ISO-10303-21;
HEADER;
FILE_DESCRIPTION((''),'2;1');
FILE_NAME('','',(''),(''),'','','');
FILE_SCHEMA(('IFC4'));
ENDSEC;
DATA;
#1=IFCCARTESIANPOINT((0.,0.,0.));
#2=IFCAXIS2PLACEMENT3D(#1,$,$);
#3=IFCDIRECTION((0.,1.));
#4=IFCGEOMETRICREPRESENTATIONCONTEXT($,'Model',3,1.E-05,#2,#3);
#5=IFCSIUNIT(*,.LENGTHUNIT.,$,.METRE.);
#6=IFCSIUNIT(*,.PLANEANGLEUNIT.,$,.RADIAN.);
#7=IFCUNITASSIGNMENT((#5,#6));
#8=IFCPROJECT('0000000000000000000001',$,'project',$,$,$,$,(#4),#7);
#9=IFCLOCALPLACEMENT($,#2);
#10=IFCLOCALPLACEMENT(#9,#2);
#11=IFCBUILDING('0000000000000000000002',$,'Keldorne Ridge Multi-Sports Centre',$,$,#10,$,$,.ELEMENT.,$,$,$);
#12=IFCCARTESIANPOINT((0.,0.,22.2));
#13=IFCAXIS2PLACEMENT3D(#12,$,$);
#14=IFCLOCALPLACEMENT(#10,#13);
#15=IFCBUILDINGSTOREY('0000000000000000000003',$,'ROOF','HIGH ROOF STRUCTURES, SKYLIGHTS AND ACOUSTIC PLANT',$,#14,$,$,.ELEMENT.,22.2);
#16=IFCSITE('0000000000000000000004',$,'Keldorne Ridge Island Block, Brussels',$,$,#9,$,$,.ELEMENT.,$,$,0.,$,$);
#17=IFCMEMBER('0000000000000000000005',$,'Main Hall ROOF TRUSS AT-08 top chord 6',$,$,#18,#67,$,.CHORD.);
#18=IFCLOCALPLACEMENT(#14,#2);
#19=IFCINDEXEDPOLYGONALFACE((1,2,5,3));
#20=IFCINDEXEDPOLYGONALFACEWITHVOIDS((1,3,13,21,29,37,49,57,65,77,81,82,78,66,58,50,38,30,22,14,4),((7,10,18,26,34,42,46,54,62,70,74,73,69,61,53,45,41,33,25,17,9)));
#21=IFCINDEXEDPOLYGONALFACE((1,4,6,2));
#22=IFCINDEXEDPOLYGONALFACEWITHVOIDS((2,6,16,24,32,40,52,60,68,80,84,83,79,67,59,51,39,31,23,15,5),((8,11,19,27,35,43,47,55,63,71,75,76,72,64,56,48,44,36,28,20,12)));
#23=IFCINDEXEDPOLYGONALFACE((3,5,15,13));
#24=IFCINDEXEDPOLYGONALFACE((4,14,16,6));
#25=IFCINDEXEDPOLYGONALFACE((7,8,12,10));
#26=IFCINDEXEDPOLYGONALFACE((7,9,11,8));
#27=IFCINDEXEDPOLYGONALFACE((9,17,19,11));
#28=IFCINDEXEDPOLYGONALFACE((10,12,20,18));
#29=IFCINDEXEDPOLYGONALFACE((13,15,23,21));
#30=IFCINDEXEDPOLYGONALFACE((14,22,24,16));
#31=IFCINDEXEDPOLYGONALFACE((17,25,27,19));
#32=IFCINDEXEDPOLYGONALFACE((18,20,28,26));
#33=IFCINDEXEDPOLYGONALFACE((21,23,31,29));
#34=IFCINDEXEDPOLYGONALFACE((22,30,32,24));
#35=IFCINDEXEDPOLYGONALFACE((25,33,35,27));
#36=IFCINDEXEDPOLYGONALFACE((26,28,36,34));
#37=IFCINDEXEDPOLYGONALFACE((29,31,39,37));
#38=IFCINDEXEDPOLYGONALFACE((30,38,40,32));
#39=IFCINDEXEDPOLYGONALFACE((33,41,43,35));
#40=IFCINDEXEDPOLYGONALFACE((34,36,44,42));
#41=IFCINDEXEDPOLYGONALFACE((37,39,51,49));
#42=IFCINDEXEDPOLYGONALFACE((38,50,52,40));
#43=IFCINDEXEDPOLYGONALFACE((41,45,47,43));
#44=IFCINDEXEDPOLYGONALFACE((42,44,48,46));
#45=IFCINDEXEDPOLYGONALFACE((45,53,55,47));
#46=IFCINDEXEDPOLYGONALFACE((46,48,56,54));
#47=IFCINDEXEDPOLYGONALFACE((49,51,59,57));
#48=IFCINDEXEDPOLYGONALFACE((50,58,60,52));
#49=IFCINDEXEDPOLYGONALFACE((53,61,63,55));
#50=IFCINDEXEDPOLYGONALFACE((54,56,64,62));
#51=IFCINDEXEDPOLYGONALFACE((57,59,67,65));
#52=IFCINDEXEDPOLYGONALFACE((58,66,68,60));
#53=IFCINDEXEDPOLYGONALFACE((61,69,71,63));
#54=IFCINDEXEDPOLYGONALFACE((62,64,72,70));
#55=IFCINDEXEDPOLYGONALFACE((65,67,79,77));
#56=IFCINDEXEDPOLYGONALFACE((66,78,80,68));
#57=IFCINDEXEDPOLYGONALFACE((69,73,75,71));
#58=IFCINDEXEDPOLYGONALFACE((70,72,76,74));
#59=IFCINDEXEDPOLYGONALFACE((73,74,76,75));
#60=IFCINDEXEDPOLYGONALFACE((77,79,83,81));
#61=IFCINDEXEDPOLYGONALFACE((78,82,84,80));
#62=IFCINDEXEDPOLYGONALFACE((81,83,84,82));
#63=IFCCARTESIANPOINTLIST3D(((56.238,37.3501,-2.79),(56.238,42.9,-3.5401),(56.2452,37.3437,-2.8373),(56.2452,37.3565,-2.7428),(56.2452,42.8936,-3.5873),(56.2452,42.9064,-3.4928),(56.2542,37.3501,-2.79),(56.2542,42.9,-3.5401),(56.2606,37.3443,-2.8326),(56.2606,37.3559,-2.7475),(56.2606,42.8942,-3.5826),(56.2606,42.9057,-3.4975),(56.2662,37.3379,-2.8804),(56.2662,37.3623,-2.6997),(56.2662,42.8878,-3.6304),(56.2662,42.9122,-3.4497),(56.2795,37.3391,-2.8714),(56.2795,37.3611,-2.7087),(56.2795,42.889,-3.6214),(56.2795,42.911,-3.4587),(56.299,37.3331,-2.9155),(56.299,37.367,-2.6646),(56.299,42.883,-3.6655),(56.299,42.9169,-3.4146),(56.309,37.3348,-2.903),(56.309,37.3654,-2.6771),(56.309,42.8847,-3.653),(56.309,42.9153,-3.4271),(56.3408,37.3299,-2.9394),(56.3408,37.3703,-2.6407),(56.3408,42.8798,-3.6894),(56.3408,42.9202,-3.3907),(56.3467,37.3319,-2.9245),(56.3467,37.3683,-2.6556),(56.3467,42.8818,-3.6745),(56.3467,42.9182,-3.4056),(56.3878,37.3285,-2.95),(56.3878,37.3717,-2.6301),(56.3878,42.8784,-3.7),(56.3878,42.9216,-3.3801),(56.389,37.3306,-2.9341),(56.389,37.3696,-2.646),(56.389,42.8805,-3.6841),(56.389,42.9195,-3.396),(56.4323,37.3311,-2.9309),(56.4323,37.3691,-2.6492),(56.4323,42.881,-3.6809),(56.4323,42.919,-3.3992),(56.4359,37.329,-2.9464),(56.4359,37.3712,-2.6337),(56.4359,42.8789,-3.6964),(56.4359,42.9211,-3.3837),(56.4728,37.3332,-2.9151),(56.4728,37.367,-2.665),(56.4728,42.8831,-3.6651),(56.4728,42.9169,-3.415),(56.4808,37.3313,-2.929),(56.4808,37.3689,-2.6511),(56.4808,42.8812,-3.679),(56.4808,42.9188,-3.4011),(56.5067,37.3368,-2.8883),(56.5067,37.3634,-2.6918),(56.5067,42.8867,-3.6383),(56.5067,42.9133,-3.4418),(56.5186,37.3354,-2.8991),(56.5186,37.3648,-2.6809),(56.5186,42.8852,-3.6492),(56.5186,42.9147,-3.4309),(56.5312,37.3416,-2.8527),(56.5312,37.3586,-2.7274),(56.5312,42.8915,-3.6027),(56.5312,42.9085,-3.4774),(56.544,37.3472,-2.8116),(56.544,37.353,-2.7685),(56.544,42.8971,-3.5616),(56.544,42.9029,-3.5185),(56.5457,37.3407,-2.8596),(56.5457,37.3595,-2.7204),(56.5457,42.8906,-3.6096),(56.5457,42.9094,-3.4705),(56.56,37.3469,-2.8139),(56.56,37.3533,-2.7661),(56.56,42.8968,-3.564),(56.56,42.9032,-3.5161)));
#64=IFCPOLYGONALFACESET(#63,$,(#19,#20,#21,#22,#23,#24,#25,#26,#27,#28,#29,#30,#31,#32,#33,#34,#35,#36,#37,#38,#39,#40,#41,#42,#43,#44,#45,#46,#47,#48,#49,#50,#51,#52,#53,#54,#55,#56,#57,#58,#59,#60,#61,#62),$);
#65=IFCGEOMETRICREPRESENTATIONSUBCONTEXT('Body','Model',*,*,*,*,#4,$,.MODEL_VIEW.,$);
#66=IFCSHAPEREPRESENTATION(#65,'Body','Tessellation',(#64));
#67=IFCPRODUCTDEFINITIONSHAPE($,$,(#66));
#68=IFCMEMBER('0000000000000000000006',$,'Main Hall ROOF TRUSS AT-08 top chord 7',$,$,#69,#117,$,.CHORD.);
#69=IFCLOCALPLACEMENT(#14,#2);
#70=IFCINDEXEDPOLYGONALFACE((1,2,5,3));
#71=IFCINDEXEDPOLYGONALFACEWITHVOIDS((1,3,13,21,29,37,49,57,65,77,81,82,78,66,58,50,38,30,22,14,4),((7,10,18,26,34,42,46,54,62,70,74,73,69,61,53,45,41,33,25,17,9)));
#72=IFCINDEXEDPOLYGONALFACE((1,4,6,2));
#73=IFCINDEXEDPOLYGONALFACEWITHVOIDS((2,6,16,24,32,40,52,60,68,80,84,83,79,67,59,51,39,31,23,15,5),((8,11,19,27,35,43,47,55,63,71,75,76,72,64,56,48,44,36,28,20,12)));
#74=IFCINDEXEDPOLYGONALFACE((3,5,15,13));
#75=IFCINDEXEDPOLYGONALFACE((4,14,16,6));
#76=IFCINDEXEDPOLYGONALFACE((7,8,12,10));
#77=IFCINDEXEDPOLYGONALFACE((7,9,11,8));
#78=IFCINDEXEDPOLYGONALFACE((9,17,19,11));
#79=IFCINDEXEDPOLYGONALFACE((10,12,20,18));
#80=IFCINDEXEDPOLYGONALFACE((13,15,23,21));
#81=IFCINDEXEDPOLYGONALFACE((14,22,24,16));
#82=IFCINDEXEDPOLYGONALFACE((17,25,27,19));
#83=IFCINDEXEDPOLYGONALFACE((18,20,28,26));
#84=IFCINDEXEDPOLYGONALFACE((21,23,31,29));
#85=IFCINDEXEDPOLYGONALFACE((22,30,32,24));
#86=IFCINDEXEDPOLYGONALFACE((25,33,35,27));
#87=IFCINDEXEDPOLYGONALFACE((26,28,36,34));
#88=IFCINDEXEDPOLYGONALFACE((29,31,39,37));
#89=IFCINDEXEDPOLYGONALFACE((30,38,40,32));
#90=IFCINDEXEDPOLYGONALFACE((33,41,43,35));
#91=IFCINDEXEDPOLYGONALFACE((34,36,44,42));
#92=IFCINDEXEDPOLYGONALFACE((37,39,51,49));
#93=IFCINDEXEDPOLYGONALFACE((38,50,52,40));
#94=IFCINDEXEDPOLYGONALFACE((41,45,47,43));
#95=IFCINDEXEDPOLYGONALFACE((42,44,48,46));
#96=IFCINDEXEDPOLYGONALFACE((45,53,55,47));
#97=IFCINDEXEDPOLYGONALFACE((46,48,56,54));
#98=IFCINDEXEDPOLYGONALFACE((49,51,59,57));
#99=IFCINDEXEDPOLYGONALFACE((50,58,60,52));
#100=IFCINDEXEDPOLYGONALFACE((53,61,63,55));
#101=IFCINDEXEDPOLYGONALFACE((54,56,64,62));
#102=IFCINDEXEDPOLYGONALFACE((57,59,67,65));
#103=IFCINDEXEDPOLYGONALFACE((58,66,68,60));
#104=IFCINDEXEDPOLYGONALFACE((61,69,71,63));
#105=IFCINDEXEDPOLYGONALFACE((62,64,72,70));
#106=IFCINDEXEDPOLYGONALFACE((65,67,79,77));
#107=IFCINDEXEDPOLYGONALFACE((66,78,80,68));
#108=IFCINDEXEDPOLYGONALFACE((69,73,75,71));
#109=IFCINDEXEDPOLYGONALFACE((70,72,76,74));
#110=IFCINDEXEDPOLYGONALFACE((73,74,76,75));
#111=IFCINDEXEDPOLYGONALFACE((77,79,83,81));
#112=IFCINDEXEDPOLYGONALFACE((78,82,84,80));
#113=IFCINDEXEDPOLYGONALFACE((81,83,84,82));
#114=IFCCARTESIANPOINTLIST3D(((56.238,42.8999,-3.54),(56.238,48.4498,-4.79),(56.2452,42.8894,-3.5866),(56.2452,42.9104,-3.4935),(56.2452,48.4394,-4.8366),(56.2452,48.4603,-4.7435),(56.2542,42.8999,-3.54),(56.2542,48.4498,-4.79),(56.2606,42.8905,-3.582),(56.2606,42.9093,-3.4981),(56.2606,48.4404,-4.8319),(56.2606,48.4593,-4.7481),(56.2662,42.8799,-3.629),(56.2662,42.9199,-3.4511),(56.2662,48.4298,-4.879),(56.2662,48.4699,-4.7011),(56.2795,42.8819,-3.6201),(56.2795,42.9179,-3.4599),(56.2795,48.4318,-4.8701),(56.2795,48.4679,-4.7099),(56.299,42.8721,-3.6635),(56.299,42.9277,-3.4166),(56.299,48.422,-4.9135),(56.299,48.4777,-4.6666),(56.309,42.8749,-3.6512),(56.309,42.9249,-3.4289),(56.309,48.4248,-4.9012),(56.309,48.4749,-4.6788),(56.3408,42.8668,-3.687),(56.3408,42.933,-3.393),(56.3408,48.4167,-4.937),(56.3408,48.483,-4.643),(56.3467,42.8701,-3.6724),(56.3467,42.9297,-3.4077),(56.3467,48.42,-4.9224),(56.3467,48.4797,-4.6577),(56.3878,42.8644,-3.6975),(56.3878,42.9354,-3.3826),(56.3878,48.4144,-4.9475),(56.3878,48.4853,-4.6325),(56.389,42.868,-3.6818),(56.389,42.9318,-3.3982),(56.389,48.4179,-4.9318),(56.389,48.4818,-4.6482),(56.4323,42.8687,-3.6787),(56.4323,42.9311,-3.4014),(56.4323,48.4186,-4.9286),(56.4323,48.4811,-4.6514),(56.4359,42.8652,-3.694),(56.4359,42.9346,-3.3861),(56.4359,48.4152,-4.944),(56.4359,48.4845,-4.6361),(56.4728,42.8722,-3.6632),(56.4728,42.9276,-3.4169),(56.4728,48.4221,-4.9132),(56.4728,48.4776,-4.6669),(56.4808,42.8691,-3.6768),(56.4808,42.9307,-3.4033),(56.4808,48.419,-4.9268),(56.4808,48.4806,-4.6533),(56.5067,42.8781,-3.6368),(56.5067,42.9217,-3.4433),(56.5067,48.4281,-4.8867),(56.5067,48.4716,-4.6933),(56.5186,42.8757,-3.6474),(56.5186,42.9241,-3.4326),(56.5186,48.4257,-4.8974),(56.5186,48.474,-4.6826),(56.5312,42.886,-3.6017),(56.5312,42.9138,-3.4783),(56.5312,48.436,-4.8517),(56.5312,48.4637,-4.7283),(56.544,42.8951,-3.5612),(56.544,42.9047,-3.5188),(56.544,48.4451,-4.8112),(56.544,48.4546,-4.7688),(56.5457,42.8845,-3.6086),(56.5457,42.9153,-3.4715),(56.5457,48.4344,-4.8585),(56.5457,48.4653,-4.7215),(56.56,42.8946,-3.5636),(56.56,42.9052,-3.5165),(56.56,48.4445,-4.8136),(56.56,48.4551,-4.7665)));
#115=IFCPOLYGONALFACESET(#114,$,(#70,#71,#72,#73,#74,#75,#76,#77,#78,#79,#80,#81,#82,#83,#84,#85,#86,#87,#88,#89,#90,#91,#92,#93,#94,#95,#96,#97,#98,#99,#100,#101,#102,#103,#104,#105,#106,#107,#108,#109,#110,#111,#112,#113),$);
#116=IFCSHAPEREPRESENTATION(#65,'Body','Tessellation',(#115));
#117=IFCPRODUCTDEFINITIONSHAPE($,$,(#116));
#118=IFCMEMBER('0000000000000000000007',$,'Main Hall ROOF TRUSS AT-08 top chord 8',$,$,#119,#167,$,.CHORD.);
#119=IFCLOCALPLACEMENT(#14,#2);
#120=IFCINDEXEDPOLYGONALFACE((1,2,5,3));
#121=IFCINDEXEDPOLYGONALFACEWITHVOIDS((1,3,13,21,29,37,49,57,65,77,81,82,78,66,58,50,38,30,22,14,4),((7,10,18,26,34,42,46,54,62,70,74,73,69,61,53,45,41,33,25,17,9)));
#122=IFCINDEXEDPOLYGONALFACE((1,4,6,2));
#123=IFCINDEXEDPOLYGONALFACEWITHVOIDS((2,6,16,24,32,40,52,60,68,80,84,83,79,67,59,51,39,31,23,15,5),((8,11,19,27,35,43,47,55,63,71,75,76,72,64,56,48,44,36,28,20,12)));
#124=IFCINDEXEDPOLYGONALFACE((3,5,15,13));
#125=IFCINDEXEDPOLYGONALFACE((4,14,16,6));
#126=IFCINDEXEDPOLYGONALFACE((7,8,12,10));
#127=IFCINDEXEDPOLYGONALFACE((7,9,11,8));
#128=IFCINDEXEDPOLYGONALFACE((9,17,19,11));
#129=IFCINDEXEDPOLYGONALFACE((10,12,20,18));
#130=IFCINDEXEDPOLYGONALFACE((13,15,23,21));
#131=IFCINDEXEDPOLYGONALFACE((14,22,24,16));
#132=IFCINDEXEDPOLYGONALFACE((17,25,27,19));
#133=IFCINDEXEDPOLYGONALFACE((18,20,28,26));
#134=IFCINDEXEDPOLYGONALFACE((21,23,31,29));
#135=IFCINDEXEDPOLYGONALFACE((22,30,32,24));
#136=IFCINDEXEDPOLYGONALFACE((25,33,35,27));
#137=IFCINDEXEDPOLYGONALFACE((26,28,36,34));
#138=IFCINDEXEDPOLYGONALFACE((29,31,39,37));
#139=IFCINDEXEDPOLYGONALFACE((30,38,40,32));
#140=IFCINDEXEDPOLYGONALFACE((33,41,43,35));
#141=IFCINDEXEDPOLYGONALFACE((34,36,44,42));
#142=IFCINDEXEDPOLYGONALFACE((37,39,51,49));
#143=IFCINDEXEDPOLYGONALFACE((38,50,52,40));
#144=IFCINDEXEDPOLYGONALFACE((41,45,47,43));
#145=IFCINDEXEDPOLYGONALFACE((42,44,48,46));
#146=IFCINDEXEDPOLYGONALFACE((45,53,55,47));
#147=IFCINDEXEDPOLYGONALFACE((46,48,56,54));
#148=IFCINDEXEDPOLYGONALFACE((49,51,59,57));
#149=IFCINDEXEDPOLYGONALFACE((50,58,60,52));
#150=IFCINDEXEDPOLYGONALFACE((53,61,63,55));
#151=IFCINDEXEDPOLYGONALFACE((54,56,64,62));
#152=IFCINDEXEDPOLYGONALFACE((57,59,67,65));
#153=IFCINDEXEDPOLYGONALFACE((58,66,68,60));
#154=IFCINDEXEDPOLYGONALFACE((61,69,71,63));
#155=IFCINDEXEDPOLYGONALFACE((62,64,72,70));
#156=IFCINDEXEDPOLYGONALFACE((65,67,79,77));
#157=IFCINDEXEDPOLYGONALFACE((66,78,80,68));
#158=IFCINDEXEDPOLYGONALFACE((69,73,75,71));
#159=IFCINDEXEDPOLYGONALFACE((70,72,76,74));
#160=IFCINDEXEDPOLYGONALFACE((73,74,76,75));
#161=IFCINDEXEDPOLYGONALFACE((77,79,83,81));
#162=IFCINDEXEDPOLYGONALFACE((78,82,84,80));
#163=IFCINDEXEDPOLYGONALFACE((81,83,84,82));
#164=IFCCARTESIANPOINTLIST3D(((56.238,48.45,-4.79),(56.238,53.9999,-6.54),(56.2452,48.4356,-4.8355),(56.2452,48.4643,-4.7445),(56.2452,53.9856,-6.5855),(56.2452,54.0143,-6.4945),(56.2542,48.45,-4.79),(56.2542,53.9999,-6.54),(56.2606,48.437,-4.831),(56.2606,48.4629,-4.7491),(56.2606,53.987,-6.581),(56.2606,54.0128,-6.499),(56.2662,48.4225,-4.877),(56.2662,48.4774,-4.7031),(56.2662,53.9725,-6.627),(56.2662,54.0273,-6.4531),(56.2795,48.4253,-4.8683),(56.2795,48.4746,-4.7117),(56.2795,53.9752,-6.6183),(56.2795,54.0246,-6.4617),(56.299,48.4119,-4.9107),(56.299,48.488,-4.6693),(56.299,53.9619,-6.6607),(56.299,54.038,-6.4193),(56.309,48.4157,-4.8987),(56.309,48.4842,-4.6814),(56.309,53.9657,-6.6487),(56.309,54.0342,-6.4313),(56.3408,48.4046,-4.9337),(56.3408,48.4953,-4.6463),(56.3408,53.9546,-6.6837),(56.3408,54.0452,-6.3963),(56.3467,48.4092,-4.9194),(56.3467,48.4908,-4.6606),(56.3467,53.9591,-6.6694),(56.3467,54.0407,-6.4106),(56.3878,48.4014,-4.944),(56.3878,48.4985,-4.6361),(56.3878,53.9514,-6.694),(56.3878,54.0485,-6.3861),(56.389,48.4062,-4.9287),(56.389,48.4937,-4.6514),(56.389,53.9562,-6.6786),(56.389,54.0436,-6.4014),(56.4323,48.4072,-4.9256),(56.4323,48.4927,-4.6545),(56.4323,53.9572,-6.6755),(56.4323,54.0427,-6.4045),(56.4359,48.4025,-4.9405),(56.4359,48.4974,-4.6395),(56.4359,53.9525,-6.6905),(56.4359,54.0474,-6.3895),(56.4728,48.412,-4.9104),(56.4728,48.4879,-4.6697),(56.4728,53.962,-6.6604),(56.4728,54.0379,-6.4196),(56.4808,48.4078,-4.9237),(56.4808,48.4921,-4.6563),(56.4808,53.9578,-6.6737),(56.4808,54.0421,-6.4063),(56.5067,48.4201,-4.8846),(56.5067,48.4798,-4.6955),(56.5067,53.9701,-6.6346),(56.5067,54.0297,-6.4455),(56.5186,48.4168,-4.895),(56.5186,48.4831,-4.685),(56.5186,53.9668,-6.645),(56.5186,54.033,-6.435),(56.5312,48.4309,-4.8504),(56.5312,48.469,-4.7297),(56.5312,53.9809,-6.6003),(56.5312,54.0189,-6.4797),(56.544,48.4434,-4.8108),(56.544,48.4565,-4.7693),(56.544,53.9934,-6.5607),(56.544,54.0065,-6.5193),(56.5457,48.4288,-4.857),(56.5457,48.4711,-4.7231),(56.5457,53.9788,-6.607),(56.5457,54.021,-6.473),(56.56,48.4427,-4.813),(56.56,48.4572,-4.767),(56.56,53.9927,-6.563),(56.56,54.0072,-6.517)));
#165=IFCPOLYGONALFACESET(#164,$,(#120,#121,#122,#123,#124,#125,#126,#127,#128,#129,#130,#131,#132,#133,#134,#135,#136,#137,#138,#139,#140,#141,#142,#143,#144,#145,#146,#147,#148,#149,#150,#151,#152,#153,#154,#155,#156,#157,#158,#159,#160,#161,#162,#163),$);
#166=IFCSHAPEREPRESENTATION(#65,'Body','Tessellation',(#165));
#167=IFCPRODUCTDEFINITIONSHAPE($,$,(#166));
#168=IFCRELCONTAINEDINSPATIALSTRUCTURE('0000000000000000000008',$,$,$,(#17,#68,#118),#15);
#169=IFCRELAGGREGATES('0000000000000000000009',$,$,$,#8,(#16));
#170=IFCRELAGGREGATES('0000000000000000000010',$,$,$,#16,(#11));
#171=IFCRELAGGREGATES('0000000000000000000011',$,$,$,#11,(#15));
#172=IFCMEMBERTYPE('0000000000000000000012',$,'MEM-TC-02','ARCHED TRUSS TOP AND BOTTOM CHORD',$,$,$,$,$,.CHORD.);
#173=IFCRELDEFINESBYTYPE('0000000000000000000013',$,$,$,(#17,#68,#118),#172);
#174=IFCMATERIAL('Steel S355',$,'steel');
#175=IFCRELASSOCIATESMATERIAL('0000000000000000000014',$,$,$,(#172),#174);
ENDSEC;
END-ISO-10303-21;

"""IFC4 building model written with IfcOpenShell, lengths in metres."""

from ifc_helpers import new_model, si_unit, direction, frame, origin, origin_2d, place, context, subcontext, project, spatial, hollow_circle, extrude, material, material_profile, profile_set, type_object, element, save


model = new_model("IFC4")

# Units and contexts
model_context = context("Model", 3, precision=1e-05, world=origin(), true_north=direction((0.0, 1.0)))
body_context = subcontext(model_context, "Body", "Model", "MODEL_VIEW")
ifc_project = project(units=[si_unit("LENGTHUNIT", "METRE"), si_unit("PLANEANGLEUNIT", "RADIAN")], contexts=[model_context])

# Site, building, storey
site_placement = place(None, origin())
site = spatial("IfcSite", under=ifc_project, at=site_placement, Name="Keldorne Ridge Island Block, Brussels", CompositionType="ELEMENT", RefElevation=0.0)
building_placement = place(site_placement, origin())
building = spatial("IfcBuilding", under=site, at=building_placement, Name="Keldorne Ridge Multi-Sports Centre", CompositionType="ELEMENT")
storey_placement = place(building_placement, frame((0.0, 0.0, 22.2)))
storey = spatial("IfcBuildingStorey", under=building, at=storey_placement, Name="ROOF", Description="HIGH ROOF STRUCTURES, SKYLIGHTS AND ACOUSTIC PLANT", CompositionType="ELEMENT", Elevation=22.2)

# Members
ifc_material = material(Name="Steel S355", Category="steel")
ifc_material_profile_1 = material_profile(ifc_material, hollow_circle(Radius=0.1619, WallThickness=0.0161, at=origin_2d()), Name="CHS 323.9x16")
ifc_profile_set_1 = profile_set([ifc_material_profile_1], Name="Steel S355")
member_type_1 = type_object("IfcMemberType", Name="MEM-TC-02", Description="ARCHED TRUSS TOP AND BOTTOM CHORD", PredefinedType="CHORD", material=ifc_profile_set_1)
member_1_placement = place(storey_placement, frame((56.3999, 37.3501, -2.79), z_axis=(0.0, 0.990992, -0.133923), x_axis=(-1.0, 0.0, 0.0)))
element("IfcMember", 1, at=member_1_placement, inside=storey, type_object=member_type_1, Name="Main Hall ROOF TRUSS AT-08 top chord 6", PredefinedType="CHORD", context=body_context, shape_type="SweptSolid", body=[
    extrude(hollow_circle(Radius=0.1619, WallThickness=0.0161, at=origin_2d()), origin(), (0.0, 0.0, 1.0), 5.6003),
])
member_2_placement = place(storey_placement, frame((56.3999, 42.8999, -3.54), z_axis=(0.0, 0.975563, -0.219719), x_axis=(-1.0, 0.0, 0.0)))
element("IfcMember", 2, at=member_2_placement, inside=storey, type_object=member_type_1, Name="Main Hall ROOF TRUSS AT-08 top chord 7", PredefinedType="CHORD", context=body_context, shape_type="SweptSolid", body=[
    extrude(hollow_circle(Radius=0.1619, WallThickness=0.0161, at=origin_2d()), origin(), (0.0, 0.0, 1.0), 5.689),
])
member_3_placement = place(storey_placement, frame((56.3999, 48.45, -4.79), z_axis=(0.0, 0.953713, -0.300718), x_axis=(-1.0, 0.0, 0.0)))
element("IfcMember", 3, at=member_3_placement, inside=storey, type_object=member_type_1, Name="Main Hall ROOF TRUSS AT-08 top chord 8", PredefinedType="CHORD", context=body_context, shape_type="SweptSolid", body=[
    extrude(hollow_circle(Radius=0.1619, WallThickness=0.0161, at=origin_2d()), origin(), (0.0, 0.0, 1.0), 5.8193),
])

save(model, "model.ifc")
